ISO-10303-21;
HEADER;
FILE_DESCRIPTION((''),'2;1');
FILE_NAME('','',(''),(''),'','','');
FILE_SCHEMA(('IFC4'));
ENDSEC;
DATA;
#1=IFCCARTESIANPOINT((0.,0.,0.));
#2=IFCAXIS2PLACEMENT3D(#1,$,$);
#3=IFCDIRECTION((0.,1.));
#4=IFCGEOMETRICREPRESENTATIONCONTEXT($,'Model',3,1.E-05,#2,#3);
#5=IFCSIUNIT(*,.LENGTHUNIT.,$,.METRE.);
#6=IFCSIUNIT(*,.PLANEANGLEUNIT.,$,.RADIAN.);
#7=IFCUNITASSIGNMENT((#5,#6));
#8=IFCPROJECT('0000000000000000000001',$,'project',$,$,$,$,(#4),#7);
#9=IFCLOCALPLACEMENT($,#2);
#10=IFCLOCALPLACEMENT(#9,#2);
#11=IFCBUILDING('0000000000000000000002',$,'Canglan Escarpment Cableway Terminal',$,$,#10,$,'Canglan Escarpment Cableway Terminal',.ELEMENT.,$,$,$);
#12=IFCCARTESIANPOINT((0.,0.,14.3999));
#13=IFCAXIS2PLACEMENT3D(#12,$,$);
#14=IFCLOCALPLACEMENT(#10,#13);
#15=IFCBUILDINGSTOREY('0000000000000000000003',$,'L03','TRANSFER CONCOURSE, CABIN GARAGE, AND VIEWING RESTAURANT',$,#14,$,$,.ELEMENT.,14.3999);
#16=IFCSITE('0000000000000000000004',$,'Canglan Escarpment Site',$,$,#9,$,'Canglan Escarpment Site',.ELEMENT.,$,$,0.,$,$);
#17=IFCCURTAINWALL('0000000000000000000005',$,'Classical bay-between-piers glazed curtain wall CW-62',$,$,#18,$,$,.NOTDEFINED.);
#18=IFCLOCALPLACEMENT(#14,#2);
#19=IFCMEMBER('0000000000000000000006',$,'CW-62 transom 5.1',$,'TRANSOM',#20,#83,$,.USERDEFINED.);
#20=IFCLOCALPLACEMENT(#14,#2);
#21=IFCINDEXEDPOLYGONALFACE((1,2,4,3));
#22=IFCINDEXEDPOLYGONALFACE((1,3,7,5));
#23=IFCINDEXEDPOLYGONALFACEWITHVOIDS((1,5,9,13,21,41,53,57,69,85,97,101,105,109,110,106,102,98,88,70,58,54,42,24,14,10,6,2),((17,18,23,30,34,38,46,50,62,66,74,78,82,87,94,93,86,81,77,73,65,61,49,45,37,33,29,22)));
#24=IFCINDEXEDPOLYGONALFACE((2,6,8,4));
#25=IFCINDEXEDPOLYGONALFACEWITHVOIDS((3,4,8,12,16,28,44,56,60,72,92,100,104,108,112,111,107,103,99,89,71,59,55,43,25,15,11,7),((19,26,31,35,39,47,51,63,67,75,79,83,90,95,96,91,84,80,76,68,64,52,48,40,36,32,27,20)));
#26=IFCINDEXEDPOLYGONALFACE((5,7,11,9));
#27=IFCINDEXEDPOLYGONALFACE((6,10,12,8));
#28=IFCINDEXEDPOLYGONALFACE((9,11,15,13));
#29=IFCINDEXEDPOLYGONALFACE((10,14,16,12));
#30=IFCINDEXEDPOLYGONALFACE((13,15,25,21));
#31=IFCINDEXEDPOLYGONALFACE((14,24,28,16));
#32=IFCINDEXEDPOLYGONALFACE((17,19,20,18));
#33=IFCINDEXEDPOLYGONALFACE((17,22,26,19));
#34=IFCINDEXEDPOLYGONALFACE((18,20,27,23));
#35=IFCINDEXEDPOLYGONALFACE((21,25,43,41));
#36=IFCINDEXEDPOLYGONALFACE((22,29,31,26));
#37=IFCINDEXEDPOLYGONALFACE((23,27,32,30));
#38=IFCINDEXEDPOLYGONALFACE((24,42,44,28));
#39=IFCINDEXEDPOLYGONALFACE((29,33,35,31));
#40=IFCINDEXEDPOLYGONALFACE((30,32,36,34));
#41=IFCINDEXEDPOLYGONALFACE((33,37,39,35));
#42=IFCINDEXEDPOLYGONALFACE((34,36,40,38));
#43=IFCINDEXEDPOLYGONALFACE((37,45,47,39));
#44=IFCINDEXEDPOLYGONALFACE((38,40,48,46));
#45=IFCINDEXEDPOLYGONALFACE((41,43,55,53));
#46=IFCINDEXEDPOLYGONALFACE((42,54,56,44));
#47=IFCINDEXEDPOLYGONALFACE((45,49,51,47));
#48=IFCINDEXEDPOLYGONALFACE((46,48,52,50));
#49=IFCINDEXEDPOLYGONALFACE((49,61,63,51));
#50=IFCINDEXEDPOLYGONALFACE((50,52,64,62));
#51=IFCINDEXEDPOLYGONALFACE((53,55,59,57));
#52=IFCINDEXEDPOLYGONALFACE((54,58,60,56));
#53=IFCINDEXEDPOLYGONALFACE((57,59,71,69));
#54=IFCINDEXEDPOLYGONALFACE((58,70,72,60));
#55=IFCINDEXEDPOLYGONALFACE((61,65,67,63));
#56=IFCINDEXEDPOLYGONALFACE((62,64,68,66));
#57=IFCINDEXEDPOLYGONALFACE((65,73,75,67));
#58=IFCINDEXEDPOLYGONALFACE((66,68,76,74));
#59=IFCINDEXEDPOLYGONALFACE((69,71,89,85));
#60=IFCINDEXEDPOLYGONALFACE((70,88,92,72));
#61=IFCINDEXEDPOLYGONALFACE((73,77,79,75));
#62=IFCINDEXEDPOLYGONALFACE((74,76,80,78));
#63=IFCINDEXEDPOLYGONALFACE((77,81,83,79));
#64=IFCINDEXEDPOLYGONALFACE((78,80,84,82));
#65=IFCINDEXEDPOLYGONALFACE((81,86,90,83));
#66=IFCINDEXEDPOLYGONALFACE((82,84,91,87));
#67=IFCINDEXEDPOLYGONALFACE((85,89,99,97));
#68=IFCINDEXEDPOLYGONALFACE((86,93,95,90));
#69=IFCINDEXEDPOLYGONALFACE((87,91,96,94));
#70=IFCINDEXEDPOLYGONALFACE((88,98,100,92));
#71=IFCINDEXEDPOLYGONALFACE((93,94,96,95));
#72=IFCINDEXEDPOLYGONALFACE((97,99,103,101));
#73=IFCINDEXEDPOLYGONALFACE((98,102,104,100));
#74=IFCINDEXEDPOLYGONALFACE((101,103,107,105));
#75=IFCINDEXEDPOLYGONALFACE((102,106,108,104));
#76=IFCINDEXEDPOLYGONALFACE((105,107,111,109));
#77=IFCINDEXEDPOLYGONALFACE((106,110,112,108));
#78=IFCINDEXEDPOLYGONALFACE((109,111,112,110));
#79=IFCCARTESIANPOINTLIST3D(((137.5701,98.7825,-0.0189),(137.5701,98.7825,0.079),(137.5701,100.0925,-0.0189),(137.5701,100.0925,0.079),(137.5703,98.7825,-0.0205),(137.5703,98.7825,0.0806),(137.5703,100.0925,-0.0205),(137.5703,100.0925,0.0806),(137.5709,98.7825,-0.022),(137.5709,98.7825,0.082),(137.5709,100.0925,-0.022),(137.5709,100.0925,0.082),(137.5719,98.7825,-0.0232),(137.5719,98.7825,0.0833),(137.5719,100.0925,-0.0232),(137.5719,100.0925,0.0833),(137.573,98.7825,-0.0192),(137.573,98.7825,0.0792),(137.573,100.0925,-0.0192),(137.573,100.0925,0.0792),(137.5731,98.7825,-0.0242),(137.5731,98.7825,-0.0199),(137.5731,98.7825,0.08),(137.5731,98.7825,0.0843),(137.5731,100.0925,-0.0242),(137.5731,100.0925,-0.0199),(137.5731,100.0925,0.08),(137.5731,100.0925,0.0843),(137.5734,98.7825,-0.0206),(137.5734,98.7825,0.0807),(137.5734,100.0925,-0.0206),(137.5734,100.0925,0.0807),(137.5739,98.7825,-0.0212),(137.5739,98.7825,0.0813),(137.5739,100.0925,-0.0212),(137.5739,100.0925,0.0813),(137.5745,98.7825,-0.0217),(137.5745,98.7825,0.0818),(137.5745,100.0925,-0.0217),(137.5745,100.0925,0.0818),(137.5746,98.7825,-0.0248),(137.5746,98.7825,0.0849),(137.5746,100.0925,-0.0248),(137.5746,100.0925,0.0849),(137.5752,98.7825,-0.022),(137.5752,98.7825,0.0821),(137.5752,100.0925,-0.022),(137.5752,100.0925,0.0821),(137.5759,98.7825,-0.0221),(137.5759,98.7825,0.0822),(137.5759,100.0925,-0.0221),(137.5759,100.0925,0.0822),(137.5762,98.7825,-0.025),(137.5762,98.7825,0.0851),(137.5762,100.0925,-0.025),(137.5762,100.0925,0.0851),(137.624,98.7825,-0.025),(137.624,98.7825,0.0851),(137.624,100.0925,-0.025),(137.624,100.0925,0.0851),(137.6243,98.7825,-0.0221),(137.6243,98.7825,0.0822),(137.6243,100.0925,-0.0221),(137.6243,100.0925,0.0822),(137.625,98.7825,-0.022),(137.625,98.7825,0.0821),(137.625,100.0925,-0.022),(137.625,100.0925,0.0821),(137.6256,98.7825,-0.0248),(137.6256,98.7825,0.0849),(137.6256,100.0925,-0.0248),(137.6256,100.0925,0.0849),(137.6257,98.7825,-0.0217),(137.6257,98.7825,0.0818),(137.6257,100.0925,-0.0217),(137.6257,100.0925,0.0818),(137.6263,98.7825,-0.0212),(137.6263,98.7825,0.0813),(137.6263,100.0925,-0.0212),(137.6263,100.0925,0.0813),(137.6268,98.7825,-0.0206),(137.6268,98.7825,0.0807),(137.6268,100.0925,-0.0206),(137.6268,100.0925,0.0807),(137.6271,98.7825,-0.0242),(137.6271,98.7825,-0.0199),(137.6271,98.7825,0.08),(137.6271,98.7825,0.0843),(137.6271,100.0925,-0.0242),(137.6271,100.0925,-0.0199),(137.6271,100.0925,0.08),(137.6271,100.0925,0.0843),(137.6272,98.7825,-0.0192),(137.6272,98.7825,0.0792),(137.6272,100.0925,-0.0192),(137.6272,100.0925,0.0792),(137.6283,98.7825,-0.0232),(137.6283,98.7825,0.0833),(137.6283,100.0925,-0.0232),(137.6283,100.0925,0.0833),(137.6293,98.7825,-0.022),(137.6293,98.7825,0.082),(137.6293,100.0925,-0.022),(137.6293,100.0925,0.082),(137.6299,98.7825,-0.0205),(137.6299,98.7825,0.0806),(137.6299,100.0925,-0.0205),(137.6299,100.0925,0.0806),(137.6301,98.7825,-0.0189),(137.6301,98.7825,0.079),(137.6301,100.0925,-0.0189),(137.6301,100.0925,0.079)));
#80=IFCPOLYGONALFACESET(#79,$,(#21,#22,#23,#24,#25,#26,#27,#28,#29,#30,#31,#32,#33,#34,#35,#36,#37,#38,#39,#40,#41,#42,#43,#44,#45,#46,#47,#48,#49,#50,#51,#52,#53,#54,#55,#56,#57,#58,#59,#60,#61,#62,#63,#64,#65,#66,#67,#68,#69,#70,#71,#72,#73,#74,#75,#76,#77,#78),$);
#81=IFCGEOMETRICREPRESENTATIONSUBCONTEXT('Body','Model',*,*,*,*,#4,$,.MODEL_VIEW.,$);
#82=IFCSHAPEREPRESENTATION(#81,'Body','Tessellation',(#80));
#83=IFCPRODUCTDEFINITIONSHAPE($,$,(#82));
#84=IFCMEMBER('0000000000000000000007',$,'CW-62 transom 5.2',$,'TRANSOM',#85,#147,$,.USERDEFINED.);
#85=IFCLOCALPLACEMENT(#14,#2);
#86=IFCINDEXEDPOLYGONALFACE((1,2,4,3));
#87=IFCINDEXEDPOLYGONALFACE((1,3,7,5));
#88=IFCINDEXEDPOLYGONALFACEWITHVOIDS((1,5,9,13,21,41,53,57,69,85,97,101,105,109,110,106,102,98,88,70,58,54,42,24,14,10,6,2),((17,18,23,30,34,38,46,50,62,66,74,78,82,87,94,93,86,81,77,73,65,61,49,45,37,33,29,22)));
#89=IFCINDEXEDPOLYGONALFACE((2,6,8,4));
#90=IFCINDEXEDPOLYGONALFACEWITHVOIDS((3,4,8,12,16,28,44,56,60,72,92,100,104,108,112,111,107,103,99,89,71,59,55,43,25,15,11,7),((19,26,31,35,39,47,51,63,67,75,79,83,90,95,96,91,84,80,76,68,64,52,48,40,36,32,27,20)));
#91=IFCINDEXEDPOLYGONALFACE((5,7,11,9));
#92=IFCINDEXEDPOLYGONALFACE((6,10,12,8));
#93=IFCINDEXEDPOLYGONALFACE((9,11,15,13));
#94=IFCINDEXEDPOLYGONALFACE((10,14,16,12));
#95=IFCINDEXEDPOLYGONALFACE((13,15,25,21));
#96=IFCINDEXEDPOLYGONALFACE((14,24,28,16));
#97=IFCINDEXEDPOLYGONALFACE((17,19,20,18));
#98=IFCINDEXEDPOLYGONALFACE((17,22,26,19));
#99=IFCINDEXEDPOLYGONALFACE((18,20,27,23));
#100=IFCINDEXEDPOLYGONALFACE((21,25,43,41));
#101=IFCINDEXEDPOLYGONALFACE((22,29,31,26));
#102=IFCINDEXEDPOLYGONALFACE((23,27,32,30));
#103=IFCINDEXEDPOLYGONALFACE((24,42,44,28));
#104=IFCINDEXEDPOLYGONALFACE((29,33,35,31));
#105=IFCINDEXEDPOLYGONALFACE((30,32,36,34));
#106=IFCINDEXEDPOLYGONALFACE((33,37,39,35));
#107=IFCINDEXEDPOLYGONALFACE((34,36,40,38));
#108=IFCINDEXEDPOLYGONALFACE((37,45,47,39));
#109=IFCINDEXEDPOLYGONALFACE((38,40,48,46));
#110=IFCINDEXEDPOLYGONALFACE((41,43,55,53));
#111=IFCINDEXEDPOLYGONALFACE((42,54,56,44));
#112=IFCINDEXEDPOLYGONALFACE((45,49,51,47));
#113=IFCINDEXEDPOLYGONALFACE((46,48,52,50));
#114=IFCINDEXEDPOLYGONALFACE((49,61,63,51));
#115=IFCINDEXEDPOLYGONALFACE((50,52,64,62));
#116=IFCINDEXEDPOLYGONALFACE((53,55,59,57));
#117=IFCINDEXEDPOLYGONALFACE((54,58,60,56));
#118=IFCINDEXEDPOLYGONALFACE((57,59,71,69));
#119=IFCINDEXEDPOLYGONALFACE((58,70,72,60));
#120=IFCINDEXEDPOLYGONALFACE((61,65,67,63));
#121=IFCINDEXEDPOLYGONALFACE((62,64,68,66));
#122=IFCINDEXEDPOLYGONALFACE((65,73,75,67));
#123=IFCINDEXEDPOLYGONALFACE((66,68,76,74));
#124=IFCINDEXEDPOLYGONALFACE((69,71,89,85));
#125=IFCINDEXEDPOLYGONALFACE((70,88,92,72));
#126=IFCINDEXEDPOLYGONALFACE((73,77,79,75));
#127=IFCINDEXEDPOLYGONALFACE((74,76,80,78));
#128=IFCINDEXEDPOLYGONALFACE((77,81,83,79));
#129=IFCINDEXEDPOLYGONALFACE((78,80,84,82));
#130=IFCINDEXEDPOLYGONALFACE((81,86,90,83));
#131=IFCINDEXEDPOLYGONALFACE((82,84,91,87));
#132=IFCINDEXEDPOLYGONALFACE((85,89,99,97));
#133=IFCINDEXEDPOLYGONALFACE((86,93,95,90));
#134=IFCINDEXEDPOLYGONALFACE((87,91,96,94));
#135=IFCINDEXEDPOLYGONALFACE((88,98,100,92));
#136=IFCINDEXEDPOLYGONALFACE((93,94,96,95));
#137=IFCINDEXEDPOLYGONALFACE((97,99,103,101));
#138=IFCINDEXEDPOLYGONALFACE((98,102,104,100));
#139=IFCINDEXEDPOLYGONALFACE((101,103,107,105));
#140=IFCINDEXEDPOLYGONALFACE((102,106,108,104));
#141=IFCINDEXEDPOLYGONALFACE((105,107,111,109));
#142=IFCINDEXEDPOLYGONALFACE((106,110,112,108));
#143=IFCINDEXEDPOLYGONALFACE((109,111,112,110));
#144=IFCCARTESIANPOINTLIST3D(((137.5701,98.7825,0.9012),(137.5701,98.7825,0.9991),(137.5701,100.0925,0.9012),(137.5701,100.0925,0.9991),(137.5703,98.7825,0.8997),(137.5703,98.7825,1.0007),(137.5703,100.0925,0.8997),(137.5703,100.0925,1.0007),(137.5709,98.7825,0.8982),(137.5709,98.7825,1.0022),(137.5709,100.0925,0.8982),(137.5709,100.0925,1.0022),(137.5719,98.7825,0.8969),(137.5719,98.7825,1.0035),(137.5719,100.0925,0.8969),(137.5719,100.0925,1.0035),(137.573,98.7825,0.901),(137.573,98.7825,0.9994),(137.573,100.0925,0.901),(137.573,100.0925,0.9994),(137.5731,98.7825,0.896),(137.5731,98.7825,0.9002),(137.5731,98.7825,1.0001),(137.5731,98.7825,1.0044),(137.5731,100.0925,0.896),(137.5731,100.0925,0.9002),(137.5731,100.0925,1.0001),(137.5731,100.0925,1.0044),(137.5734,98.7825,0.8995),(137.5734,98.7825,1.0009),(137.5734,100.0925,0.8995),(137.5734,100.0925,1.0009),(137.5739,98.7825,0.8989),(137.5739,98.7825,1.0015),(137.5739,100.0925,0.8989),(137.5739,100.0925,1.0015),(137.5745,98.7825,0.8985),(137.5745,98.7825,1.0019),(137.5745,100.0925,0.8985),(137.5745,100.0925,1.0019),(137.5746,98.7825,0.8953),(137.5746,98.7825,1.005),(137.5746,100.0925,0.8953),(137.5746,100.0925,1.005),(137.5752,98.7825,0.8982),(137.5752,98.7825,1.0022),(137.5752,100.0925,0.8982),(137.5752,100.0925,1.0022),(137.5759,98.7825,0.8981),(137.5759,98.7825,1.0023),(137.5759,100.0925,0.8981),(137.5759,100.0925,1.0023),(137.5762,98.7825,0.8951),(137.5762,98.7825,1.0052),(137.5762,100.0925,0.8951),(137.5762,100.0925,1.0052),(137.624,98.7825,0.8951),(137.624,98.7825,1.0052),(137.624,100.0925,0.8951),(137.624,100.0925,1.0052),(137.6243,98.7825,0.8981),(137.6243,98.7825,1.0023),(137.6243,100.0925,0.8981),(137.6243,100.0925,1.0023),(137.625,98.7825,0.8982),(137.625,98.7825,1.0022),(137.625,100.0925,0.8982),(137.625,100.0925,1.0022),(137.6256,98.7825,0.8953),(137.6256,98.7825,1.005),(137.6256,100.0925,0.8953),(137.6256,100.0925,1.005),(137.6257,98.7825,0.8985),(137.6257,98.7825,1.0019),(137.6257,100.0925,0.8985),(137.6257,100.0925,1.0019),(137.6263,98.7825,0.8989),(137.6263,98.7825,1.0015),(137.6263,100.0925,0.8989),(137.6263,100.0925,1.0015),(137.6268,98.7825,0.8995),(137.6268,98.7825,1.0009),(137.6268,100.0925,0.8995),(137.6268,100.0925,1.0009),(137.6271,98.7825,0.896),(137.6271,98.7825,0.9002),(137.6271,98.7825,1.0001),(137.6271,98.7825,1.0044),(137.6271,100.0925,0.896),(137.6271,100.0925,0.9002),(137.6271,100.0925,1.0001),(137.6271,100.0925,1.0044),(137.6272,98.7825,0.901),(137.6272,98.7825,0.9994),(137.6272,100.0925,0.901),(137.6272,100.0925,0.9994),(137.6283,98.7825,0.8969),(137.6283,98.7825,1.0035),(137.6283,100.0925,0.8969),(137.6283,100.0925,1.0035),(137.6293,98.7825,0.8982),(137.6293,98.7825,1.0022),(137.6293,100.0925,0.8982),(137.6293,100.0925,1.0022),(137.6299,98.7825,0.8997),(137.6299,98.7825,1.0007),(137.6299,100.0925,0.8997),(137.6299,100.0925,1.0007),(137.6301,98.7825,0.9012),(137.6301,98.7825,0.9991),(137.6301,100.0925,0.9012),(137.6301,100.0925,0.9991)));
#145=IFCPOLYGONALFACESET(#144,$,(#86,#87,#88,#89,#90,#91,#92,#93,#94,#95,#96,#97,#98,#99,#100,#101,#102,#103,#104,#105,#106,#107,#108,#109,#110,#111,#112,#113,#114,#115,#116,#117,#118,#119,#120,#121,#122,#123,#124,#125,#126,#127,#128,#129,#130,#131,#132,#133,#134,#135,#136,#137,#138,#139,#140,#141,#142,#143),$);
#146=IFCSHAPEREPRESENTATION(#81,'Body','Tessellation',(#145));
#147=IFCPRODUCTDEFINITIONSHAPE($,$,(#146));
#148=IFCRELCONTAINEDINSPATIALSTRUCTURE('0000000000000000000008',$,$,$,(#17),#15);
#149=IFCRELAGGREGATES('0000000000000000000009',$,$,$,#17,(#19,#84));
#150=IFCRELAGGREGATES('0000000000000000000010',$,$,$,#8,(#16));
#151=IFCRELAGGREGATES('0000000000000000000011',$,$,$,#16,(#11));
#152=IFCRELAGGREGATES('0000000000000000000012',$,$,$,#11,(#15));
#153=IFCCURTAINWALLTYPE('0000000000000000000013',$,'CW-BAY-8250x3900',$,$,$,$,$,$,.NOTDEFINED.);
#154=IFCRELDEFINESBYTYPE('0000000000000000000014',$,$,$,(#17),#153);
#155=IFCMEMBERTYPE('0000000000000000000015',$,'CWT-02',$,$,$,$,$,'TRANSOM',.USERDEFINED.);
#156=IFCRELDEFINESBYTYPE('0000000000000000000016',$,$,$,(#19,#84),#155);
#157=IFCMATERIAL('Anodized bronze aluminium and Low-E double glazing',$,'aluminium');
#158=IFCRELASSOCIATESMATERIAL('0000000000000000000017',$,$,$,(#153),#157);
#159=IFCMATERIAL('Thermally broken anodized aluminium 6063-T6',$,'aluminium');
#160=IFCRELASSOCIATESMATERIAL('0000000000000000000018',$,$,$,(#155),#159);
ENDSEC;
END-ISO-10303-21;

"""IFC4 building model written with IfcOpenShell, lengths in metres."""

from ifc_helpers import new_model, si_unit, direction, frame, origin, origin_2d, place, context, subcontext, project, spatial, hollow_rectangle, extrude, material, material_profile, profile_set, type_object, element, aggregate, save


model = new_model("IFC4")

# Units and contexts
model_context = context("Model", 3, precision=1e-05, world=origin(), true_north=direction((0.0, 1.0)))
body_context = subcontext(model_context, "Body", "Model", "MODEL_VIEW")
ifc_project = project(units=[si_unit("LENGTHUNIT", "METRE"), si_unit("PLANEANGLEUNIT", "RADIAN")], contexts=[model_context])

# Site, building, storey
site_placement = place(None, origin())
site = spatial("IfcSite", under=ifc_project, at=site_placement, Name="Canglan Escarpment Site", LongName="Canglan Escarpment Site", CompositionType="ELEMENT", RefElevation=0.0)
building_placement = place(site_placement, origin())
building = spatial("IfcBuilding", under=site, at=building_placement, Name="Canglan Escarpment Cableway Terminal", LongName="Canglan Escarpment Cableway Terminal", CompositionType="ELEMENT")
storey_placement = place(building_placement, frame((0.0, 0.0, 14.3999)))
storey = spatial("IfcBuildingStorey", under=building, at=storey_placement, Name="L03", Description="TRANSFER CONCOURSE, CABIN GARAGE, AND VIEWING RESTAURANT", CompositionType="ELEMENT", Elevation=14.3999)

# Curtain wall, members
ifc_material_1 = material(Name="Anodized bronze aluminium and Low-E double glazing", Category="aluminium")
curtain_wall_type = type_object("IfcCurtainWallType", Name="CW-BAY-8250x3900", PredefinedType="NOTDEFINED", material=ifc_material_1)
curtain_wall_placement = place(storey_placement, origin())
curtain_wall = element("IfcCurtainWall", 1, at=curtain_wall_placement, inside=storey, type_object=curtain_wall_type, Name="Classical bay-between-piers glazed curtain wall CW-62", PredefinedType="NOTDEFINED")
ifc_material_2 = material(Name="Thermally broken anodized aluminium 6063-T6", Category="aluminium")
ifc_material_profile_1 = material_profile(ifc_material_2, hollow_rectangle(XDim=0.0601, YDim=0.1101, WallThickness=0.0029, InnerFilletRadius=0.0029, OuterFilletRadius=0.0061, at=origin_2d()), Name="ALU-TRAN 60x110x3")
ifc_profile_set_1 = profile_set([ifc_material_profile_1], Name="Thermally broken anodized aluminium 6063-T6")
member_type_1 = type_object("IfcMemberType", Name="CWT-02", ElementType="TRANSOM", PredefinedType="USERDEFINED", material=ifc_profile_set_1)
member_1_placement = place(storey_placement, frame((137.6001, 100.0925, 0.03), z_axis=(0.0, -1.0, 0.0), x_axis=(1.0, 0.0, 0.0)))
member_1 = element("IfcMember", 2, at=member_1_placement, type_object=member_type_1, Name="CW-62 transom 5.1", ObjectType="TRANSOM", PredefinedType="USERDEFINED", context=body_context, shape_type="SweptSolid", body=[
    extrude(hollow_rectangle(XDim=0.0601, YDim=0.1101, WallThickness=0.0029, InnerFilletRadius=0.0029, OuterFilletRadius=0.0061, at=origin_2d()), origin(), (0.0, 0.0, 1.0), 1.3101),
])
member_2_placement = place(storey_placement, frame((137.6001, 100.0925, 0.9502), z_axis=(0.0, -1.0, 0.0), x_axis=(1.0, 0.0, 0.0)))
member_2 = element("IfcMember", 3, at=member_2_placement, type_object=member_type_1, Name="CW-62 transom 5.2", ObjectType="TRANSOM", PredefinedType="USERDEFINED", context=body_context, shape_type="SweptSolid", body=[
    extrude(hollow_rectangle(XDim=0.0601, YDim=0.1101, WallThickness=0.0029, InnerFilletRadius=0.0029, OuterFilletRadius=0.0061, at=origin_2d()), origin(), (0.0, 0.0, 1.0), 1.3101),
])
aggregate(curtain_wall, [member_1, member_2])

save(model, "model.ifc")
